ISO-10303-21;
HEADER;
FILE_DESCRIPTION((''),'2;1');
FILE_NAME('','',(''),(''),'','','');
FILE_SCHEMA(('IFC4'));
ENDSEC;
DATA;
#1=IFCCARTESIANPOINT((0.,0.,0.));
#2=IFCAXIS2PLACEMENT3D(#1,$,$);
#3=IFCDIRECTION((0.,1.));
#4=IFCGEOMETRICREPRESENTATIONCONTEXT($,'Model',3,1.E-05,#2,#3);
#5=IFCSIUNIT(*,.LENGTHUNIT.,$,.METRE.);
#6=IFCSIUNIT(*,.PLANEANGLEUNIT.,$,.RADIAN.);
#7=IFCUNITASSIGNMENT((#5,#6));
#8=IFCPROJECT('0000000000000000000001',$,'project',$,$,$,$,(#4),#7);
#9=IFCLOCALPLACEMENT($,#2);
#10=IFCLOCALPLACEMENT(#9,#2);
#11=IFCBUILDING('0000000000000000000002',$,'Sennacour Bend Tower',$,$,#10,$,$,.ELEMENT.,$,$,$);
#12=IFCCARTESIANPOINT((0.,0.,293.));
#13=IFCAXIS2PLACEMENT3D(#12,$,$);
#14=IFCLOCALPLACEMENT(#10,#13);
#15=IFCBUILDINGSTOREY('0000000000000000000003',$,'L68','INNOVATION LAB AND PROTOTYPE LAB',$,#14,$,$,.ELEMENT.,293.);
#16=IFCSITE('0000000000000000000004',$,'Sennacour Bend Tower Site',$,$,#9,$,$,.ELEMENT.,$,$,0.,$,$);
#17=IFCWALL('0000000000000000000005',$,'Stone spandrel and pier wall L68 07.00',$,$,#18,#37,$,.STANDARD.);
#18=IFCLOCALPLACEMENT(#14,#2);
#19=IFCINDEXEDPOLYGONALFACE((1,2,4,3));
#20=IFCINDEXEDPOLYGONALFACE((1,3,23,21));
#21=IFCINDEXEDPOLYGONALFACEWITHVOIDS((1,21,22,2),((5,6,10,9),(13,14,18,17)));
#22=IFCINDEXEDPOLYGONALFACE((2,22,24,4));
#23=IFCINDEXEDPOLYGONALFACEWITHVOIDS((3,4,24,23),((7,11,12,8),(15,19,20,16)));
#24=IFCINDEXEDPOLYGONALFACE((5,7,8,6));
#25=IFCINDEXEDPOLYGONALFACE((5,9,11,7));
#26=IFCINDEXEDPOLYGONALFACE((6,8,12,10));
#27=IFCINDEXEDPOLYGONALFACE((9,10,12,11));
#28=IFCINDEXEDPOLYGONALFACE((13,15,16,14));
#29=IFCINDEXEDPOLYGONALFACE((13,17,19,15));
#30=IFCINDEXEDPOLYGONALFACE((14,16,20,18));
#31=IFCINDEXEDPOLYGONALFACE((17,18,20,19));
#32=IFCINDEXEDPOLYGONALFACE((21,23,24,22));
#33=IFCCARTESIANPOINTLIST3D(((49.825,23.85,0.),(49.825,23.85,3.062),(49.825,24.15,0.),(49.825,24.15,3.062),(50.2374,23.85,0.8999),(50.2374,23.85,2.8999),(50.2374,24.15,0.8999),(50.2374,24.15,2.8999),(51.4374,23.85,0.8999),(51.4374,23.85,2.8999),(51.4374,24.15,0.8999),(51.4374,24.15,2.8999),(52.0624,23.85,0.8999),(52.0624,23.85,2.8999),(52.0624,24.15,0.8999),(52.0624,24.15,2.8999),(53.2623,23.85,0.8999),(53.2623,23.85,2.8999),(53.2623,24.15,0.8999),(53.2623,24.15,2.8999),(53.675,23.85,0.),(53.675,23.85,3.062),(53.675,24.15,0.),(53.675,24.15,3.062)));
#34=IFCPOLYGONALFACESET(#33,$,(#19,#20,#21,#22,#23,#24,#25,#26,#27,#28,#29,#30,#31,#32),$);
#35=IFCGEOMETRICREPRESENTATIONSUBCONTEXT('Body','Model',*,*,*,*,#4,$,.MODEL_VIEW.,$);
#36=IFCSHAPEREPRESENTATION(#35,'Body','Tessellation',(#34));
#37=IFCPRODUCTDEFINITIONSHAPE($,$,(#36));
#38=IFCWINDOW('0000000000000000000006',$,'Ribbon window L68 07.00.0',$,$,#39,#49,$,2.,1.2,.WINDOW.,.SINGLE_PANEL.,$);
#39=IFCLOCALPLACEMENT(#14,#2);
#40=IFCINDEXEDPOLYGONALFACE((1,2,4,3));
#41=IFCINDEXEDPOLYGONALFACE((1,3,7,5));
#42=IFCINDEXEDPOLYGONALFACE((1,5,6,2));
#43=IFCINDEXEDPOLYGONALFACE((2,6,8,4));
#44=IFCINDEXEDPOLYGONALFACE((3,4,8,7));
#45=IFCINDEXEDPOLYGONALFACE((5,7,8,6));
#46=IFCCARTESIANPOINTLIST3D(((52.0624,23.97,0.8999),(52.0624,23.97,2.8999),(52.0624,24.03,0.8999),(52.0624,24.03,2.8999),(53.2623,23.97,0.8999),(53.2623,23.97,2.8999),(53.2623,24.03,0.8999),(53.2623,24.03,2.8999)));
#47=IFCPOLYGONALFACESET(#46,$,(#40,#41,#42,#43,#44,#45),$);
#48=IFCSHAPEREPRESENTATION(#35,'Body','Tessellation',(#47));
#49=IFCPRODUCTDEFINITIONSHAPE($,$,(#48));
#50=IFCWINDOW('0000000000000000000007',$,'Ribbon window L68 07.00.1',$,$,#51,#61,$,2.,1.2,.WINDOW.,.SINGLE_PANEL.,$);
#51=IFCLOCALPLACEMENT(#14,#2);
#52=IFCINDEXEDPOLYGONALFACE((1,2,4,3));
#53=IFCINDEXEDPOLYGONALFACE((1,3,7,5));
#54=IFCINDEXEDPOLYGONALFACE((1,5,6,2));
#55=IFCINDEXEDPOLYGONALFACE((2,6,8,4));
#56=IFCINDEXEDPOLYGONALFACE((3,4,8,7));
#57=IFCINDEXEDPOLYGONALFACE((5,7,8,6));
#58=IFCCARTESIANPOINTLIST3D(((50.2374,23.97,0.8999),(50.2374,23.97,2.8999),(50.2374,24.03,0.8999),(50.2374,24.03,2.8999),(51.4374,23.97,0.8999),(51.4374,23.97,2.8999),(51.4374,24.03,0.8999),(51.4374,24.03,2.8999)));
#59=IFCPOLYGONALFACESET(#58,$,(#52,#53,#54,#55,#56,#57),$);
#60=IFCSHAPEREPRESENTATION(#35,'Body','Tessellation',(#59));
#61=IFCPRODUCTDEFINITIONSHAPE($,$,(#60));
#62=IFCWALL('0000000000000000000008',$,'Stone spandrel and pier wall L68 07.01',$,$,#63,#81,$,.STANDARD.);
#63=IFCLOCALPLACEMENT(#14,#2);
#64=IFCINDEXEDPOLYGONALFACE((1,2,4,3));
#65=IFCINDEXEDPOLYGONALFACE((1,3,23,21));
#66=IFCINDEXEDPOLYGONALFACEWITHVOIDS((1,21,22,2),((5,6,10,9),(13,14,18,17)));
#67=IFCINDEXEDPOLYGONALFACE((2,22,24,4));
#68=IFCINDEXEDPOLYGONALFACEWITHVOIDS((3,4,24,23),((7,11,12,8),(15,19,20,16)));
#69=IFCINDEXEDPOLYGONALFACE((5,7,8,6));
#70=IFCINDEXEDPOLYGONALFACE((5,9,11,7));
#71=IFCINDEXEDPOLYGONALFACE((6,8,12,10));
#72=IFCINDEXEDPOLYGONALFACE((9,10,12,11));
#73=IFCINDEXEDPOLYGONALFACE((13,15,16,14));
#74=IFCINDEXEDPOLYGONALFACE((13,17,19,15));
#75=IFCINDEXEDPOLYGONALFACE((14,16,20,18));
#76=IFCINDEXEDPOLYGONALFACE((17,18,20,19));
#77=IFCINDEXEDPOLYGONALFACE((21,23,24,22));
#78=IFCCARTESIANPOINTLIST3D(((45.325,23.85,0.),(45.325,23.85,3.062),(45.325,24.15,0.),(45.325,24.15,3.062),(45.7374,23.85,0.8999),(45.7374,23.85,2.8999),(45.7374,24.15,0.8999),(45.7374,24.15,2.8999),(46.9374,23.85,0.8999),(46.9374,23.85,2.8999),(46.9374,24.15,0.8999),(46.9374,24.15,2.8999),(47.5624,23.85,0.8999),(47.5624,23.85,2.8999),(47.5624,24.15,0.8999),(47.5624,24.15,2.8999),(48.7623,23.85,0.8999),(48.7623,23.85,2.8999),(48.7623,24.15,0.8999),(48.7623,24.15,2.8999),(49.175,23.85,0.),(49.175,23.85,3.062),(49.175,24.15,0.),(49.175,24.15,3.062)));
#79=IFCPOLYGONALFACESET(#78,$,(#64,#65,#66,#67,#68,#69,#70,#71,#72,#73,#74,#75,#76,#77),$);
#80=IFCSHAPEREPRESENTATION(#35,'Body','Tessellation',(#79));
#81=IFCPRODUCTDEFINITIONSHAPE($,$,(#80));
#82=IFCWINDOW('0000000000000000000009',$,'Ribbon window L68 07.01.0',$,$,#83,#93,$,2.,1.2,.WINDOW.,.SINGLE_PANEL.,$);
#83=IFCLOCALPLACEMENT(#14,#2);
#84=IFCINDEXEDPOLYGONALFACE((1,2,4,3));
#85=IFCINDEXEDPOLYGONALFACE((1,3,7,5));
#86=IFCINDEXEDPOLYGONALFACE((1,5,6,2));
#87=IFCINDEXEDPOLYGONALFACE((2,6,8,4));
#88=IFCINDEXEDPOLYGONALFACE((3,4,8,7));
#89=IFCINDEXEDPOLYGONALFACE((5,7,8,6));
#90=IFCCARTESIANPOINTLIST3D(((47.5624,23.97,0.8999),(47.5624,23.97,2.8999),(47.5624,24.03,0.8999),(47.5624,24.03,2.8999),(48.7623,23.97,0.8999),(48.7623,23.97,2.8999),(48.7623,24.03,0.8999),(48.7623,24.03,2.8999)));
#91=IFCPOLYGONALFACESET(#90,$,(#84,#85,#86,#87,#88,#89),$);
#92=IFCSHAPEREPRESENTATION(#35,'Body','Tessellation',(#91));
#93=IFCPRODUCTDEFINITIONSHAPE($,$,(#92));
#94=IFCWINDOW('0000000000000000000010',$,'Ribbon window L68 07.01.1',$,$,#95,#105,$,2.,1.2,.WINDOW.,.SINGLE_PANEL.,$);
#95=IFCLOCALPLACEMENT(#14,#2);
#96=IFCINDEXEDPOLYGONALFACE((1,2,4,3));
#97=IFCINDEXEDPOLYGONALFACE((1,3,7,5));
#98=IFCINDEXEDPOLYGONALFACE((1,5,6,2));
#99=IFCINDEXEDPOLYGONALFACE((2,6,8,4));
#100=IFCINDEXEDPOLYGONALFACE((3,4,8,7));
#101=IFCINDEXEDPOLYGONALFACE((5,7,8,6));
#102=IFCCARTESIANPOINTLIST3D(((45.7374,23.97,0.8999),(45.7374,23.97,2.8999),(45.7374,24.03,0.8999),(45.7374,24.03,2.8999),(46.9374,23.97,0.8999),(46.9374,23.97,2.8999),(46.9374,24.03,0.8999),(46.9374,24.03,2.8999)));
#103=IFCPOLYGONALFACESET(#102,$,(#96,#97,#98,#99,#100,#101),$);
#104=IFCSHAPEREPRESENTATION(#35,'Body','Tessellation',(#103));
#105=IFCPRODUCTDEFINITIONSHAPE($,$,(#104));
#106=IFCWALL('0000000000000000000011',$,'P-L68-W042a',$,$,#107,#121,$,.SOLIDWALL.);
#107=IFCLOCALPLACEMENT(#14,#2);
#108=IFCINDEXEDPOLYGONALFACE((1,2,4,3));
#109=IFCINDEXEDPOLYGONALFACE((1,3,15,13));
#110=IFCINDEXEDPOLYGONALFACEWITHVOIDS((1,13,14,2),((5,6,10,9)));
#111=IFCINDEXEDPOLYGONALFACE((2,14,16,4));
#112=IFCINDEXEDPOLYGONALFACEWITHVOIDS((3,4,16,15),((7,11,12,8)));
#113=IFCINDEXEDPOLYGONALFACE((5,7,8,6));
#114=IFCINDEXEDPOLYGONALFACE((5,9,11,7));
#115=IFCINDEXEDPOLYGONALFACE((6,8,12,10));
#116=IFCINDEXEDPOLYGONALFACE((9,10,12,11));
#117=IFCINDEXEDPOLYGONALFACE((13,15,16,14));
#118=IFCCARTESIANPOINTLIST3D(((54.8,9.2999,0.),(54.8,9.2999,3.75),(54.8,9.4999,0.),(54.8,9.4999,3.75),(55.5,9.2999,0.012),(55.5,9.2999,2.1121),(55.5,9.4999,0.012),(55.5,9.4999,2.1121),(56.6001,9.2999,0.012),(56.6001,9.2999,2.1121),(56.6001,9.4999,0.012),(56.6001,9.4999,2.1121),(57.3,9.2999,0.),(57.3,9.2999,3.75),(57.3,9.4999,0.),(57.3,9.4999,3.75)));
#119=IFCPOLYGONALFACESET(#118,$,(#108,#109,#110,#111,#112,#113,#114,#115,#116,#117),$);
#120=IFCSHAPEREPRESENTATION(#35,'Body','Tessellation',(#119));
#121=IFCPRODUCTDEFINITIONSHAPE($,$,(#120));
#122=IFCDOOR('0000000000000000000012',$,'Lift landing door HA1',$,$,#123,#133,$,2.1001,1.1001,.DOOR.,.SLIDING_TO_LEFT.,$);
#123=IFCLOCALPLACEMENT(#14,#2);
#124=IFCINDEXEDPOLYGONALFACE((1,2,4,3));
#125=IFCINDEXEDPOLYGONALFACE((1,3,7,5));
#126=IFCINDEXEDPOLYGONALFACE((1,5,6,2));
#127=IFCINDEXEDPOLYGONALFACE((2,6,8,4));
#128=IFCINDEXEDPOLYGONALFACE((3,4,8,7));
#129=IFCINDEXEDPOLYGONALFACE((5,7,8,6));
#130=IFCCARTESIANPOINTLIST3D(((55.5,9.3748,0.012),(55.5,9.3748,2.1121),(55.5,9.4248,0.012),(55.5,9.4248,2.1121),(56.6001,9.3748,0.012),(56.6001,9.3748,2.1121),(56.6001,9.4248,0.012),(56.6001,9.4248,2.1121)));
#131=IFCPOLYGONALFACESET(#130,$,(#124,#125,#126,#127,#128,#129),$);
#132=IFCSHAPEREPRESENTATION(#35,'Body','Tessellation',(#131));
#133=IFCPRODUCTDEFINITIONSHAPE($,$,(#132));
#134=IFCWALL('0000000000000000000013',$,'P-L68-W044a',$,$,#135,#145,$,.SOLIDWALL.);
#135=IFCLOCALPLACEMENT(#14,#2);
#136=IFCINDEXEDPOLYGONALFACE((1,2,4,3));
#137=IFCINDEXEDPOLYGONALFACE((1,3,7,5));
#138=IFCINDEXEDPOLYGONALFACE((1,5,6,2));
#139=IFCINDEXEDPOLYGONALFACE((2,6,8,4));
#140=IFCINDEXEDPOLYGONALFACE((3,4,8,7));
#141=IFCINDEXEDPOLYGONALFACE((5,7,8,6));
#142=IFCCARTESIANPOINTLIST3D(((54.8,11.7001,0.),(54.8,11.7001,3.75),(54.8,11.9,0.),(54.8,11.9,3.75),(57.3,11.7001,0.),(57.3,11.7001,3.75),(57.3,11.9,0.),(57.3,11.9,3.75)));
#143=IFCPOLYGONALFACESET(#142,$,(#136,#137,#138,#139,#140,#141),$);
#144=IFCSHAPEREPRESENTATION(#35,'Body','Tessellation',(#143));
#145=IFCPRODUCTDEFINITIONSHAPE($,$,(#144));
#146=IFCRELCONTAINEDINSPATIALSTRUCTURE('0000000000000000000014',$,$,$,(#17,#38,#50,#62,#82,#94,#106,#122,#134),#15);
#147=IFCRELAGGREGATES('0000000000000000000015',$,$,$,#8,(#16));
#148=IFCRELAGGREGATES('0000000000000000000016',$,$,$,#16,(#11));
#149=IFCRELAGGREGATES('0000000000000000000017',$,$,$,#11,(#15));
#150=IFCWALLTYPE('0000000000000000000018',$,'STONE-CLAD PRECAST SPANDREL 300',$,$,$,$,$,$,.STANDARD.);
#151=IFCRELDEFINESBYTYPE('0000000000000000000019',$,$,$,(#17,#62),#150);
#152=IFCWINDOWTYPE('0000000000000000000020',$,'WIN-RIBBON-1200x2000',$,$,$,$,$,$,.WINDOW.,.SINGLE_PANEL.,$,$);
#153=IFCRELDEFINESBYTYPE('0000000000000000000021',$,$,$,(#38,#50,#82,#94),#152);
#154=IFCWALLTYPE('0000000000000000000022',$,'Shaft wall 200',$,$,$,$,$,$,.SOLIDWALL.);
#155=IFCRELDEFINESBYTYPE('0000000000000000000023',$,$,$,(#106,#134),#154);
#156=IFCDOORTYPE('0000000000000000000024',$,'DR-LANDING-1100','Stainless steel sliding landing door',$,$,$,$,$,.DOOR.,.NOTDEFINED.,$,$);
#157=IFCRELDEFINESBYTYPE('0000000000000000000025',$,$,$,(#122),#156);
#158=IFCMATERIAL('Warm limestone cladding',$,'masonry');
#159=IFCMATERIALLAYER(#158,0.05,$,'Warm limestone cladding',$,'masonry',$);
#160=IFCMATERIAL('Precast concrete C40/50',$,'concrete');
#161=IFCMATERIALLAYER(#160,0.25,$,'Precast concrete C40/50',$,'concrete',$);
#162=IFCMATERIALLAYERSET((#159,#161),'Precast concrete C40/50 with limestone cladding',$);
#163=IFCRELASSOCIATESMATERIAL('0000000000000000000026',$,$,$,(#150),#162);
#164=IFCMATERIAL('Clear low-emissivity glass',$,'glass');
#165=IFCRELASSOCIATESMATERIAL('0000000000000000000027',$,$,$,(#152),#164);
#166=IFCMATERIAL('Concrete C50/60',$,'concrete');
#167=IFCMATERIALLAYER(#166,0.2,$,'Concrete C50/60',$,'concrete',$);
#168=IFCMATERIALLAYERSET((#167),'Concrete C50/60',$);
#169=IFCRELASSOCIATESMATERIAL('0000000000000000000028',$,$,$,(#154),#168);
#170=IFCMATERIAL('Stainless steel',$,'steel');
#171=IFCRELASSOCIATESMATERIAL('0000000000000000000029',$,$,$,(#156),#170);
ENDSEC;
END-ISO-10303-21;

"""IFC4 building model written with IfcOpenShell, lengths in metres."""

from ifc_helpers import new_model, si_unit, direction, frame, frame_2d, origin, place, context, subcontext, project, spatial, rectangle, extrude, material, layer, layer_set, type_object, element, fill, save


model = new_model("IFC4")

# Units and contexts
model_context = context("Model", 3, precision=1e-05, world=origin(), true_north=direction((0.0, 1.0)))
body_context = subcontext(model_context, "Body", "Model", "MODEL_VIEW")
ifc_project = project(units=[si_unit("LENGTHUNIT", "METRE"), si_unit("PLANEANGLEUNIT", "RADIAN")], contexts=[model_context])

# Site, building, storey
site_placement = place(None, origin())
site = spatial("IfcSite", under=ifc_project, at=site_placement, Name="Sennacour Bend Tower Site", CompositionType="ELEMENT", RefElevation=0.0)
building_placement = place(site_placement, origin())
building = spatial("IfcBuilding", under=site, at=building_placement, Name="Sennacour Bend Tower", CompositionType="ELEMENT")
storey_placement = place(building_placement, frame((0.0, 0.0, 293.0)))
storey = spatial("IfcBuildingStorey", under=building, at=storey_placement, Name="L68", Description="INNOVATION LAB AND PROTOTYPE LAB", CompositionType="ELEMENT", Elevation=293.0)

# Shared definitions
ifc_material_1 = material(Name="Concrete C50/60", Category="concrete")

# Shared definitions
ifc_material_2 = material(Name="Warm limestone cladding", Category="masonry")
ifc_layer_1 = layer(ifc_material_2, 0.05, Name="Warm limestone cladding", Category="masonry")
ifc_material_3 = material(Name="Precast concrete C40/50", Category="concrete")
ifc_layer_2 = layer(ifc_material_3, 0.25, Name="Precast concrete C40/50", Category="concrete")
ifc_layer_set_1 = layer_set([ifc_layer_1, ifc_layer_2], Name="Precast concrete C40/50 with limestone cladding")
wall_type_1 = type_object("IfcWallType", Name="STONE-CLAD PRECAST SPANDREL 300", PredefinedType="STANDARD", material=ifc_layer_set_1)

# Walls, openings, windows
wall_1_placement = place(storey_placement, frame((53.675, 24.0, 0.0), z_axis=(0.0, 0.0, 1.0), x_axis=(-1.0, 0.0, 0.0)))
wall_1 = element("IfcWall", 1, at=wall_1_placement, inside=storey, type_object=wall_type_1, Name="Stone spandrel and pier wall L68 07.00", PredefinedType="STANDARD", context=body_context, shape_type="SweptSolid", body=[
    extrude(rectangle(XDim=3.8501, YDim=0.3, at=frame_2d((1.925, 0.0))), origin(), (0.0, 0.0, 1.0), 3.062),
])
opening_1_placement = place(wall_1_placement, frame((0.4126, 0.0, 0.8999)))
opening_1 = element("IfcOpeningElement", 2, at=opening_1_placement, cuts=wall_1, PredefinedType="OPENING", context=body_context, shape_type="SweptSolid", body=[
    extrude(rectangle(XDim=1.2, YDim=2.0, at=frame_2d((0.6001, 1.0))), frame((0.0, 0.1602, 0.0), z_axis=(0.0, -1.0, 0.0), x_axis=(1.0, 0.0, 0.0)), (0.0, 0.0, 1.0), 0.3201),
])
opening_2_placement = place(wall_1_placement, frame((2.2375, 0.0, 0.8999)))
opening_2 = element("IfcOpeningElement", 3, at=opening_2_placement, cuts=wall_1, PredefinedType="OPENING", context=body_context, shape_type="SweptSolid", body=[
    extrude(rectangle(XDim=1.2, YDim=2.0, at=frame_2d((0.6001, 1.0))), frame((0.0, 0.1602, 0.0), z_axis=(0.0, -1.0, 0.0), x_axis=(1.0, 0.0, 0.0)), (0.0, 0.0, 1.0), 0.3201),
])
ifc_material_4 = material(Name="Clear low-emissivity glass", Category="glass")
window_type = type_object("IfcWindowType", Name="WIN-RIBBON-1200x2000", PartitioningType="SINGLE_PANEL", PredefinedType="WINDOW", material=ifc_material_4)
window_1_placement = place(opening_1_placement, origin())
window_1 = element("IfcWindow", 4, at=window_1_placement, inside=storey, type_object=window_type, Name="Ribbon window L68 07.00.0", OverallHeight=2.0, OverallWidth=1.2, PartitioningType="SINGLE_PANEL", PredefinedType="WINDOW", context=body_context, shape_type="SweptSolid", body=[
    extrude(rectangle(XDim=1.2, YDim=2.0, at=frame_2d((0.6001, 1.0))), frame((0.0, 0.03, 0.0), z_axis=(0.0, -1.0, 0.0), x_axis=(1.0, 0.0, 0.0)), (0.0, 0.0, 1.0), 0.0601),
])
fill(opening_1, window_1)
window_2_placement = place(opening_2_placement, origin())
window_2 = element("IfcWindow", 5, at=window_2_placement, inside=storey, type_object=window_type, Name="Ribbon window L68 07.00.1", OverallHeight=2.0, OverallWidth=1.2, PartitioningType="SINGLE_PANEL", PredefinedType="WINDOW", context=body_context, shape_type="SweptSolid", body=[
    extrude(rectangle(XDim=1.2, YDim=2.0, at=frame_2d((0.6001, 1.0))), frame((0.0, 0.03, 0.0), z_axis=(0.0, -1.0, 0.0), x_axis=(1.0, 0.0, 0.0)), (0.0, 0.0, 1.0), 0.0601),
])
fill(opening_2, window_2)
wall_2_placement = place(storey_placement, frame((49.175, 24.0, 0.0), z_axis=(0.0, 0.0, 1.0), x_axis=(-1.0, 0.0, 0.0)))
wall_2 = element("IfcWall", 6, at=wall_2_placement, inside=storey, type_object=wall_type_1, Name="Stone spandrel and pier wall L68 07.01", PredefinedType="STANDARD", context=body_context, shape_type="SweptSolid", body=[
    extrude(rectangle(XDim=3.8501, YDim=0.3, at=frame_2d((1.925, 0.0))), origin(), (0.0, 0.0, 1.0), 3.062),
])
opening_3_placement = place(wall_2_placement, frame((0.4126, 0.0, 0.8999)))
opening_3 = element("IfcOpeningElement", 7, at=opening_3_placement, cuts=wall_2, PredefinedType="OPENING", context=body_context, shape_type="SweptSolid", body=[
    extrude(rectangle(XDim=1.2, YDim=2.0, at=frame_2d((0.6001, 1.0))), frame((0.0, 0.1602, 0.0), z_axis=(0.0, -1.0, 0.0), x_axis=(1.0, 0.0, 0.0)), (0.0, 0.0, 1.0), 0.3201),
])
opening_4_placement = place(wall_2_placement, frame((2.2375, 0.0, 0.8999)))
opening_4 = element("IfcOpeningElement", 8, at=opening_4_placement, cuts=wall_2, PredefinedType="OPENING", context=body_context, shape_type="SweptSolid", body=[
    extrude(rectangle(XDim=1.2, YDim=2.0, at=frame_2d((0.6001, 1.0))), frame((0.0, 0.1602, 0.0), z_axis=(0.0, -1.0, 0.0), x_axis=(1.0, 0.0, 0.0)), (0.0, 0.0, 1.0), 0.3201),
])
window_3_placement = place(opening_3_placement, origin())
window_3 = element("IfcWindow", 9, at=window_3_placement, inside=storey, type_object=window_type, Name="Ribbon window L68 07.01.0", OverallHeight=2.0, OverallWidth=1.2, PartitioningType="SINGLE_PANEL", PredefinedType="WINDOW", context=body_context, shape_type="SweptSolid", body=[
    extrude(rectangle(XDim=1.2, YDim=2.0, at=frame_2d((0.6001, 1.0))), frame((0.0, 0.03, 0.0), z_axis=(0.0, -1.0, 0.0), x_axis=(1.0, 0.0, 0.0)), (0.0, 0.0, 1.0), 0.0601),
])
fill(opening_3, window_3)
window_4_placement = place(opening_4_placement, origin())
window_4 = element("IfcWindow", 10, at=window_4_placement, inside=storey, type_object=window_type, Name="Ribbon window L68 07.01.1", OverallHeight=2.0, OverallWidth=1.2, PartitioningType="SINGLE_PANEL", PredefinedType="WINDOW", context=body_context, shape_type="SweptSolid", body=[
    extrude(rectangle(XDim=1.2, YDim=2.0, at=frame_2d((0.6001, 1.0))), frame((0.0, 0.03, 0.0), z_axis=(0.0, -1.0, 0.0), x_axis=(1.0, 0.0, 0.0)), (0.0, 0.0, 1.0), 0.0601),
])
fill(opening_4, window_4)

# Wall, opening, door
ifc_layer_3 = layer(ifc_material_1, 0.2, Name="Concrete C50/60", Category="concrete")
ifc_layer_set_2 = layer_set([ifc_layer_3], Name="Concrete C50/60")
wall_type_2 = type_object("IfcWallType", Name="Shaft wall 200", PredefinedType="SOLIDWALL", material=ifc_layer_set_2)
wall_3_placement = place(storey_placement, frame((54.8, 9.3999, 0.0), z_axis=(0.0, 0.0, 1.0), x_axis=(1.0, 0.0, 0.0)))
wall_3 = element("IfcWall", 11, at=wall_3_placement, inside=storey, type_object=wall_type_2, Name="P-L68-W042a", PredefinedType="SOLIDWALL", context=body_context, shape_type="SweptSolid", body=[
    extrude(rectangle(XDim=2.5, YDim=0.2, at=frame_2d((1.25, 0.0))), origin(), (0.0, 0.0, 1.0), 3.75),
])
opening_5_placement = place(wall_3_placement, frame((0.7, 0.0, 0.012)))
opening_5 = element("IfcOpeningElement", 12, at=opening_5_placement, cuts=wall_3, PredefinedType="OPENING", context=body_context, shape_type="SweptSolid", body=[
    extrude(rectangle(XDim=1.1001, YDim=2.1001, at=frame_2d((0.55, 1.05))), frame((0.0, 0.1099, 0.0), z_axis=(0.0, -1.0, 0.0), x_axis=(1.0, 0.0, 0.0)), (0.0, 0.0, 1.0), 0.22),
])
ifc_material_5 = material(Name="Stainless steel", Category="steel")
door_type_1 = type_object("IfcDoorType", Name="DR-LANDING-1100", Description="Stainless steel sliding landing door", OperationType="NOTDEFINED", PredefinedType="DOOR", material=ifc_material_5)
door_1_placement = place(opening_5_placement, origin())
door_1 = element("IfcDoor", 13, at=door_1_placement, inside=storey, type_object=door_type_1, Name="Lift landing door HA1", OperationType="SLIDING_TO_LEFT", OverallHeight=2.1001, OverallWidth=1.1001, PredefinedType="DOOR", context=body_context, shape_type="SweptSolid", body=[
    extrude(rectangle(XDim=1.1001, YDim=2.1001, at=frame_2d((0.55, 1.05))), frame((0.0, 0.0249, 0.0), z_axis=(0.0, -1.0, 0.0), x_axis=(1.0, 0.0, 0.0)), (0.0, 0.0, 1.0), 0.05),
])
fill(opening_5, door_1)

# Wall
wall_4_placement = place(storey_placement, frame((54.8, 11.8, 0.0), z_axis=(0.0, 0.0, 1.0), x_axis=(1.0, 0.0, 0.0)))
element("IfcWall", 14, at=wall_4_placement, inside=storey, type_object=wall_type_2, Name="P-L68-W044a", PredefinedType="SOLIDWALL", context=body_context, shape_type="SweptSolid", body=[
    extrude(rectangle(XDim=2.5, YDim=0.2, at=frame_2d((1.25, 0.0))), origin(), (0.0, 0.0, 1.0), 3.75),
])

save(model, "model.ifc")
